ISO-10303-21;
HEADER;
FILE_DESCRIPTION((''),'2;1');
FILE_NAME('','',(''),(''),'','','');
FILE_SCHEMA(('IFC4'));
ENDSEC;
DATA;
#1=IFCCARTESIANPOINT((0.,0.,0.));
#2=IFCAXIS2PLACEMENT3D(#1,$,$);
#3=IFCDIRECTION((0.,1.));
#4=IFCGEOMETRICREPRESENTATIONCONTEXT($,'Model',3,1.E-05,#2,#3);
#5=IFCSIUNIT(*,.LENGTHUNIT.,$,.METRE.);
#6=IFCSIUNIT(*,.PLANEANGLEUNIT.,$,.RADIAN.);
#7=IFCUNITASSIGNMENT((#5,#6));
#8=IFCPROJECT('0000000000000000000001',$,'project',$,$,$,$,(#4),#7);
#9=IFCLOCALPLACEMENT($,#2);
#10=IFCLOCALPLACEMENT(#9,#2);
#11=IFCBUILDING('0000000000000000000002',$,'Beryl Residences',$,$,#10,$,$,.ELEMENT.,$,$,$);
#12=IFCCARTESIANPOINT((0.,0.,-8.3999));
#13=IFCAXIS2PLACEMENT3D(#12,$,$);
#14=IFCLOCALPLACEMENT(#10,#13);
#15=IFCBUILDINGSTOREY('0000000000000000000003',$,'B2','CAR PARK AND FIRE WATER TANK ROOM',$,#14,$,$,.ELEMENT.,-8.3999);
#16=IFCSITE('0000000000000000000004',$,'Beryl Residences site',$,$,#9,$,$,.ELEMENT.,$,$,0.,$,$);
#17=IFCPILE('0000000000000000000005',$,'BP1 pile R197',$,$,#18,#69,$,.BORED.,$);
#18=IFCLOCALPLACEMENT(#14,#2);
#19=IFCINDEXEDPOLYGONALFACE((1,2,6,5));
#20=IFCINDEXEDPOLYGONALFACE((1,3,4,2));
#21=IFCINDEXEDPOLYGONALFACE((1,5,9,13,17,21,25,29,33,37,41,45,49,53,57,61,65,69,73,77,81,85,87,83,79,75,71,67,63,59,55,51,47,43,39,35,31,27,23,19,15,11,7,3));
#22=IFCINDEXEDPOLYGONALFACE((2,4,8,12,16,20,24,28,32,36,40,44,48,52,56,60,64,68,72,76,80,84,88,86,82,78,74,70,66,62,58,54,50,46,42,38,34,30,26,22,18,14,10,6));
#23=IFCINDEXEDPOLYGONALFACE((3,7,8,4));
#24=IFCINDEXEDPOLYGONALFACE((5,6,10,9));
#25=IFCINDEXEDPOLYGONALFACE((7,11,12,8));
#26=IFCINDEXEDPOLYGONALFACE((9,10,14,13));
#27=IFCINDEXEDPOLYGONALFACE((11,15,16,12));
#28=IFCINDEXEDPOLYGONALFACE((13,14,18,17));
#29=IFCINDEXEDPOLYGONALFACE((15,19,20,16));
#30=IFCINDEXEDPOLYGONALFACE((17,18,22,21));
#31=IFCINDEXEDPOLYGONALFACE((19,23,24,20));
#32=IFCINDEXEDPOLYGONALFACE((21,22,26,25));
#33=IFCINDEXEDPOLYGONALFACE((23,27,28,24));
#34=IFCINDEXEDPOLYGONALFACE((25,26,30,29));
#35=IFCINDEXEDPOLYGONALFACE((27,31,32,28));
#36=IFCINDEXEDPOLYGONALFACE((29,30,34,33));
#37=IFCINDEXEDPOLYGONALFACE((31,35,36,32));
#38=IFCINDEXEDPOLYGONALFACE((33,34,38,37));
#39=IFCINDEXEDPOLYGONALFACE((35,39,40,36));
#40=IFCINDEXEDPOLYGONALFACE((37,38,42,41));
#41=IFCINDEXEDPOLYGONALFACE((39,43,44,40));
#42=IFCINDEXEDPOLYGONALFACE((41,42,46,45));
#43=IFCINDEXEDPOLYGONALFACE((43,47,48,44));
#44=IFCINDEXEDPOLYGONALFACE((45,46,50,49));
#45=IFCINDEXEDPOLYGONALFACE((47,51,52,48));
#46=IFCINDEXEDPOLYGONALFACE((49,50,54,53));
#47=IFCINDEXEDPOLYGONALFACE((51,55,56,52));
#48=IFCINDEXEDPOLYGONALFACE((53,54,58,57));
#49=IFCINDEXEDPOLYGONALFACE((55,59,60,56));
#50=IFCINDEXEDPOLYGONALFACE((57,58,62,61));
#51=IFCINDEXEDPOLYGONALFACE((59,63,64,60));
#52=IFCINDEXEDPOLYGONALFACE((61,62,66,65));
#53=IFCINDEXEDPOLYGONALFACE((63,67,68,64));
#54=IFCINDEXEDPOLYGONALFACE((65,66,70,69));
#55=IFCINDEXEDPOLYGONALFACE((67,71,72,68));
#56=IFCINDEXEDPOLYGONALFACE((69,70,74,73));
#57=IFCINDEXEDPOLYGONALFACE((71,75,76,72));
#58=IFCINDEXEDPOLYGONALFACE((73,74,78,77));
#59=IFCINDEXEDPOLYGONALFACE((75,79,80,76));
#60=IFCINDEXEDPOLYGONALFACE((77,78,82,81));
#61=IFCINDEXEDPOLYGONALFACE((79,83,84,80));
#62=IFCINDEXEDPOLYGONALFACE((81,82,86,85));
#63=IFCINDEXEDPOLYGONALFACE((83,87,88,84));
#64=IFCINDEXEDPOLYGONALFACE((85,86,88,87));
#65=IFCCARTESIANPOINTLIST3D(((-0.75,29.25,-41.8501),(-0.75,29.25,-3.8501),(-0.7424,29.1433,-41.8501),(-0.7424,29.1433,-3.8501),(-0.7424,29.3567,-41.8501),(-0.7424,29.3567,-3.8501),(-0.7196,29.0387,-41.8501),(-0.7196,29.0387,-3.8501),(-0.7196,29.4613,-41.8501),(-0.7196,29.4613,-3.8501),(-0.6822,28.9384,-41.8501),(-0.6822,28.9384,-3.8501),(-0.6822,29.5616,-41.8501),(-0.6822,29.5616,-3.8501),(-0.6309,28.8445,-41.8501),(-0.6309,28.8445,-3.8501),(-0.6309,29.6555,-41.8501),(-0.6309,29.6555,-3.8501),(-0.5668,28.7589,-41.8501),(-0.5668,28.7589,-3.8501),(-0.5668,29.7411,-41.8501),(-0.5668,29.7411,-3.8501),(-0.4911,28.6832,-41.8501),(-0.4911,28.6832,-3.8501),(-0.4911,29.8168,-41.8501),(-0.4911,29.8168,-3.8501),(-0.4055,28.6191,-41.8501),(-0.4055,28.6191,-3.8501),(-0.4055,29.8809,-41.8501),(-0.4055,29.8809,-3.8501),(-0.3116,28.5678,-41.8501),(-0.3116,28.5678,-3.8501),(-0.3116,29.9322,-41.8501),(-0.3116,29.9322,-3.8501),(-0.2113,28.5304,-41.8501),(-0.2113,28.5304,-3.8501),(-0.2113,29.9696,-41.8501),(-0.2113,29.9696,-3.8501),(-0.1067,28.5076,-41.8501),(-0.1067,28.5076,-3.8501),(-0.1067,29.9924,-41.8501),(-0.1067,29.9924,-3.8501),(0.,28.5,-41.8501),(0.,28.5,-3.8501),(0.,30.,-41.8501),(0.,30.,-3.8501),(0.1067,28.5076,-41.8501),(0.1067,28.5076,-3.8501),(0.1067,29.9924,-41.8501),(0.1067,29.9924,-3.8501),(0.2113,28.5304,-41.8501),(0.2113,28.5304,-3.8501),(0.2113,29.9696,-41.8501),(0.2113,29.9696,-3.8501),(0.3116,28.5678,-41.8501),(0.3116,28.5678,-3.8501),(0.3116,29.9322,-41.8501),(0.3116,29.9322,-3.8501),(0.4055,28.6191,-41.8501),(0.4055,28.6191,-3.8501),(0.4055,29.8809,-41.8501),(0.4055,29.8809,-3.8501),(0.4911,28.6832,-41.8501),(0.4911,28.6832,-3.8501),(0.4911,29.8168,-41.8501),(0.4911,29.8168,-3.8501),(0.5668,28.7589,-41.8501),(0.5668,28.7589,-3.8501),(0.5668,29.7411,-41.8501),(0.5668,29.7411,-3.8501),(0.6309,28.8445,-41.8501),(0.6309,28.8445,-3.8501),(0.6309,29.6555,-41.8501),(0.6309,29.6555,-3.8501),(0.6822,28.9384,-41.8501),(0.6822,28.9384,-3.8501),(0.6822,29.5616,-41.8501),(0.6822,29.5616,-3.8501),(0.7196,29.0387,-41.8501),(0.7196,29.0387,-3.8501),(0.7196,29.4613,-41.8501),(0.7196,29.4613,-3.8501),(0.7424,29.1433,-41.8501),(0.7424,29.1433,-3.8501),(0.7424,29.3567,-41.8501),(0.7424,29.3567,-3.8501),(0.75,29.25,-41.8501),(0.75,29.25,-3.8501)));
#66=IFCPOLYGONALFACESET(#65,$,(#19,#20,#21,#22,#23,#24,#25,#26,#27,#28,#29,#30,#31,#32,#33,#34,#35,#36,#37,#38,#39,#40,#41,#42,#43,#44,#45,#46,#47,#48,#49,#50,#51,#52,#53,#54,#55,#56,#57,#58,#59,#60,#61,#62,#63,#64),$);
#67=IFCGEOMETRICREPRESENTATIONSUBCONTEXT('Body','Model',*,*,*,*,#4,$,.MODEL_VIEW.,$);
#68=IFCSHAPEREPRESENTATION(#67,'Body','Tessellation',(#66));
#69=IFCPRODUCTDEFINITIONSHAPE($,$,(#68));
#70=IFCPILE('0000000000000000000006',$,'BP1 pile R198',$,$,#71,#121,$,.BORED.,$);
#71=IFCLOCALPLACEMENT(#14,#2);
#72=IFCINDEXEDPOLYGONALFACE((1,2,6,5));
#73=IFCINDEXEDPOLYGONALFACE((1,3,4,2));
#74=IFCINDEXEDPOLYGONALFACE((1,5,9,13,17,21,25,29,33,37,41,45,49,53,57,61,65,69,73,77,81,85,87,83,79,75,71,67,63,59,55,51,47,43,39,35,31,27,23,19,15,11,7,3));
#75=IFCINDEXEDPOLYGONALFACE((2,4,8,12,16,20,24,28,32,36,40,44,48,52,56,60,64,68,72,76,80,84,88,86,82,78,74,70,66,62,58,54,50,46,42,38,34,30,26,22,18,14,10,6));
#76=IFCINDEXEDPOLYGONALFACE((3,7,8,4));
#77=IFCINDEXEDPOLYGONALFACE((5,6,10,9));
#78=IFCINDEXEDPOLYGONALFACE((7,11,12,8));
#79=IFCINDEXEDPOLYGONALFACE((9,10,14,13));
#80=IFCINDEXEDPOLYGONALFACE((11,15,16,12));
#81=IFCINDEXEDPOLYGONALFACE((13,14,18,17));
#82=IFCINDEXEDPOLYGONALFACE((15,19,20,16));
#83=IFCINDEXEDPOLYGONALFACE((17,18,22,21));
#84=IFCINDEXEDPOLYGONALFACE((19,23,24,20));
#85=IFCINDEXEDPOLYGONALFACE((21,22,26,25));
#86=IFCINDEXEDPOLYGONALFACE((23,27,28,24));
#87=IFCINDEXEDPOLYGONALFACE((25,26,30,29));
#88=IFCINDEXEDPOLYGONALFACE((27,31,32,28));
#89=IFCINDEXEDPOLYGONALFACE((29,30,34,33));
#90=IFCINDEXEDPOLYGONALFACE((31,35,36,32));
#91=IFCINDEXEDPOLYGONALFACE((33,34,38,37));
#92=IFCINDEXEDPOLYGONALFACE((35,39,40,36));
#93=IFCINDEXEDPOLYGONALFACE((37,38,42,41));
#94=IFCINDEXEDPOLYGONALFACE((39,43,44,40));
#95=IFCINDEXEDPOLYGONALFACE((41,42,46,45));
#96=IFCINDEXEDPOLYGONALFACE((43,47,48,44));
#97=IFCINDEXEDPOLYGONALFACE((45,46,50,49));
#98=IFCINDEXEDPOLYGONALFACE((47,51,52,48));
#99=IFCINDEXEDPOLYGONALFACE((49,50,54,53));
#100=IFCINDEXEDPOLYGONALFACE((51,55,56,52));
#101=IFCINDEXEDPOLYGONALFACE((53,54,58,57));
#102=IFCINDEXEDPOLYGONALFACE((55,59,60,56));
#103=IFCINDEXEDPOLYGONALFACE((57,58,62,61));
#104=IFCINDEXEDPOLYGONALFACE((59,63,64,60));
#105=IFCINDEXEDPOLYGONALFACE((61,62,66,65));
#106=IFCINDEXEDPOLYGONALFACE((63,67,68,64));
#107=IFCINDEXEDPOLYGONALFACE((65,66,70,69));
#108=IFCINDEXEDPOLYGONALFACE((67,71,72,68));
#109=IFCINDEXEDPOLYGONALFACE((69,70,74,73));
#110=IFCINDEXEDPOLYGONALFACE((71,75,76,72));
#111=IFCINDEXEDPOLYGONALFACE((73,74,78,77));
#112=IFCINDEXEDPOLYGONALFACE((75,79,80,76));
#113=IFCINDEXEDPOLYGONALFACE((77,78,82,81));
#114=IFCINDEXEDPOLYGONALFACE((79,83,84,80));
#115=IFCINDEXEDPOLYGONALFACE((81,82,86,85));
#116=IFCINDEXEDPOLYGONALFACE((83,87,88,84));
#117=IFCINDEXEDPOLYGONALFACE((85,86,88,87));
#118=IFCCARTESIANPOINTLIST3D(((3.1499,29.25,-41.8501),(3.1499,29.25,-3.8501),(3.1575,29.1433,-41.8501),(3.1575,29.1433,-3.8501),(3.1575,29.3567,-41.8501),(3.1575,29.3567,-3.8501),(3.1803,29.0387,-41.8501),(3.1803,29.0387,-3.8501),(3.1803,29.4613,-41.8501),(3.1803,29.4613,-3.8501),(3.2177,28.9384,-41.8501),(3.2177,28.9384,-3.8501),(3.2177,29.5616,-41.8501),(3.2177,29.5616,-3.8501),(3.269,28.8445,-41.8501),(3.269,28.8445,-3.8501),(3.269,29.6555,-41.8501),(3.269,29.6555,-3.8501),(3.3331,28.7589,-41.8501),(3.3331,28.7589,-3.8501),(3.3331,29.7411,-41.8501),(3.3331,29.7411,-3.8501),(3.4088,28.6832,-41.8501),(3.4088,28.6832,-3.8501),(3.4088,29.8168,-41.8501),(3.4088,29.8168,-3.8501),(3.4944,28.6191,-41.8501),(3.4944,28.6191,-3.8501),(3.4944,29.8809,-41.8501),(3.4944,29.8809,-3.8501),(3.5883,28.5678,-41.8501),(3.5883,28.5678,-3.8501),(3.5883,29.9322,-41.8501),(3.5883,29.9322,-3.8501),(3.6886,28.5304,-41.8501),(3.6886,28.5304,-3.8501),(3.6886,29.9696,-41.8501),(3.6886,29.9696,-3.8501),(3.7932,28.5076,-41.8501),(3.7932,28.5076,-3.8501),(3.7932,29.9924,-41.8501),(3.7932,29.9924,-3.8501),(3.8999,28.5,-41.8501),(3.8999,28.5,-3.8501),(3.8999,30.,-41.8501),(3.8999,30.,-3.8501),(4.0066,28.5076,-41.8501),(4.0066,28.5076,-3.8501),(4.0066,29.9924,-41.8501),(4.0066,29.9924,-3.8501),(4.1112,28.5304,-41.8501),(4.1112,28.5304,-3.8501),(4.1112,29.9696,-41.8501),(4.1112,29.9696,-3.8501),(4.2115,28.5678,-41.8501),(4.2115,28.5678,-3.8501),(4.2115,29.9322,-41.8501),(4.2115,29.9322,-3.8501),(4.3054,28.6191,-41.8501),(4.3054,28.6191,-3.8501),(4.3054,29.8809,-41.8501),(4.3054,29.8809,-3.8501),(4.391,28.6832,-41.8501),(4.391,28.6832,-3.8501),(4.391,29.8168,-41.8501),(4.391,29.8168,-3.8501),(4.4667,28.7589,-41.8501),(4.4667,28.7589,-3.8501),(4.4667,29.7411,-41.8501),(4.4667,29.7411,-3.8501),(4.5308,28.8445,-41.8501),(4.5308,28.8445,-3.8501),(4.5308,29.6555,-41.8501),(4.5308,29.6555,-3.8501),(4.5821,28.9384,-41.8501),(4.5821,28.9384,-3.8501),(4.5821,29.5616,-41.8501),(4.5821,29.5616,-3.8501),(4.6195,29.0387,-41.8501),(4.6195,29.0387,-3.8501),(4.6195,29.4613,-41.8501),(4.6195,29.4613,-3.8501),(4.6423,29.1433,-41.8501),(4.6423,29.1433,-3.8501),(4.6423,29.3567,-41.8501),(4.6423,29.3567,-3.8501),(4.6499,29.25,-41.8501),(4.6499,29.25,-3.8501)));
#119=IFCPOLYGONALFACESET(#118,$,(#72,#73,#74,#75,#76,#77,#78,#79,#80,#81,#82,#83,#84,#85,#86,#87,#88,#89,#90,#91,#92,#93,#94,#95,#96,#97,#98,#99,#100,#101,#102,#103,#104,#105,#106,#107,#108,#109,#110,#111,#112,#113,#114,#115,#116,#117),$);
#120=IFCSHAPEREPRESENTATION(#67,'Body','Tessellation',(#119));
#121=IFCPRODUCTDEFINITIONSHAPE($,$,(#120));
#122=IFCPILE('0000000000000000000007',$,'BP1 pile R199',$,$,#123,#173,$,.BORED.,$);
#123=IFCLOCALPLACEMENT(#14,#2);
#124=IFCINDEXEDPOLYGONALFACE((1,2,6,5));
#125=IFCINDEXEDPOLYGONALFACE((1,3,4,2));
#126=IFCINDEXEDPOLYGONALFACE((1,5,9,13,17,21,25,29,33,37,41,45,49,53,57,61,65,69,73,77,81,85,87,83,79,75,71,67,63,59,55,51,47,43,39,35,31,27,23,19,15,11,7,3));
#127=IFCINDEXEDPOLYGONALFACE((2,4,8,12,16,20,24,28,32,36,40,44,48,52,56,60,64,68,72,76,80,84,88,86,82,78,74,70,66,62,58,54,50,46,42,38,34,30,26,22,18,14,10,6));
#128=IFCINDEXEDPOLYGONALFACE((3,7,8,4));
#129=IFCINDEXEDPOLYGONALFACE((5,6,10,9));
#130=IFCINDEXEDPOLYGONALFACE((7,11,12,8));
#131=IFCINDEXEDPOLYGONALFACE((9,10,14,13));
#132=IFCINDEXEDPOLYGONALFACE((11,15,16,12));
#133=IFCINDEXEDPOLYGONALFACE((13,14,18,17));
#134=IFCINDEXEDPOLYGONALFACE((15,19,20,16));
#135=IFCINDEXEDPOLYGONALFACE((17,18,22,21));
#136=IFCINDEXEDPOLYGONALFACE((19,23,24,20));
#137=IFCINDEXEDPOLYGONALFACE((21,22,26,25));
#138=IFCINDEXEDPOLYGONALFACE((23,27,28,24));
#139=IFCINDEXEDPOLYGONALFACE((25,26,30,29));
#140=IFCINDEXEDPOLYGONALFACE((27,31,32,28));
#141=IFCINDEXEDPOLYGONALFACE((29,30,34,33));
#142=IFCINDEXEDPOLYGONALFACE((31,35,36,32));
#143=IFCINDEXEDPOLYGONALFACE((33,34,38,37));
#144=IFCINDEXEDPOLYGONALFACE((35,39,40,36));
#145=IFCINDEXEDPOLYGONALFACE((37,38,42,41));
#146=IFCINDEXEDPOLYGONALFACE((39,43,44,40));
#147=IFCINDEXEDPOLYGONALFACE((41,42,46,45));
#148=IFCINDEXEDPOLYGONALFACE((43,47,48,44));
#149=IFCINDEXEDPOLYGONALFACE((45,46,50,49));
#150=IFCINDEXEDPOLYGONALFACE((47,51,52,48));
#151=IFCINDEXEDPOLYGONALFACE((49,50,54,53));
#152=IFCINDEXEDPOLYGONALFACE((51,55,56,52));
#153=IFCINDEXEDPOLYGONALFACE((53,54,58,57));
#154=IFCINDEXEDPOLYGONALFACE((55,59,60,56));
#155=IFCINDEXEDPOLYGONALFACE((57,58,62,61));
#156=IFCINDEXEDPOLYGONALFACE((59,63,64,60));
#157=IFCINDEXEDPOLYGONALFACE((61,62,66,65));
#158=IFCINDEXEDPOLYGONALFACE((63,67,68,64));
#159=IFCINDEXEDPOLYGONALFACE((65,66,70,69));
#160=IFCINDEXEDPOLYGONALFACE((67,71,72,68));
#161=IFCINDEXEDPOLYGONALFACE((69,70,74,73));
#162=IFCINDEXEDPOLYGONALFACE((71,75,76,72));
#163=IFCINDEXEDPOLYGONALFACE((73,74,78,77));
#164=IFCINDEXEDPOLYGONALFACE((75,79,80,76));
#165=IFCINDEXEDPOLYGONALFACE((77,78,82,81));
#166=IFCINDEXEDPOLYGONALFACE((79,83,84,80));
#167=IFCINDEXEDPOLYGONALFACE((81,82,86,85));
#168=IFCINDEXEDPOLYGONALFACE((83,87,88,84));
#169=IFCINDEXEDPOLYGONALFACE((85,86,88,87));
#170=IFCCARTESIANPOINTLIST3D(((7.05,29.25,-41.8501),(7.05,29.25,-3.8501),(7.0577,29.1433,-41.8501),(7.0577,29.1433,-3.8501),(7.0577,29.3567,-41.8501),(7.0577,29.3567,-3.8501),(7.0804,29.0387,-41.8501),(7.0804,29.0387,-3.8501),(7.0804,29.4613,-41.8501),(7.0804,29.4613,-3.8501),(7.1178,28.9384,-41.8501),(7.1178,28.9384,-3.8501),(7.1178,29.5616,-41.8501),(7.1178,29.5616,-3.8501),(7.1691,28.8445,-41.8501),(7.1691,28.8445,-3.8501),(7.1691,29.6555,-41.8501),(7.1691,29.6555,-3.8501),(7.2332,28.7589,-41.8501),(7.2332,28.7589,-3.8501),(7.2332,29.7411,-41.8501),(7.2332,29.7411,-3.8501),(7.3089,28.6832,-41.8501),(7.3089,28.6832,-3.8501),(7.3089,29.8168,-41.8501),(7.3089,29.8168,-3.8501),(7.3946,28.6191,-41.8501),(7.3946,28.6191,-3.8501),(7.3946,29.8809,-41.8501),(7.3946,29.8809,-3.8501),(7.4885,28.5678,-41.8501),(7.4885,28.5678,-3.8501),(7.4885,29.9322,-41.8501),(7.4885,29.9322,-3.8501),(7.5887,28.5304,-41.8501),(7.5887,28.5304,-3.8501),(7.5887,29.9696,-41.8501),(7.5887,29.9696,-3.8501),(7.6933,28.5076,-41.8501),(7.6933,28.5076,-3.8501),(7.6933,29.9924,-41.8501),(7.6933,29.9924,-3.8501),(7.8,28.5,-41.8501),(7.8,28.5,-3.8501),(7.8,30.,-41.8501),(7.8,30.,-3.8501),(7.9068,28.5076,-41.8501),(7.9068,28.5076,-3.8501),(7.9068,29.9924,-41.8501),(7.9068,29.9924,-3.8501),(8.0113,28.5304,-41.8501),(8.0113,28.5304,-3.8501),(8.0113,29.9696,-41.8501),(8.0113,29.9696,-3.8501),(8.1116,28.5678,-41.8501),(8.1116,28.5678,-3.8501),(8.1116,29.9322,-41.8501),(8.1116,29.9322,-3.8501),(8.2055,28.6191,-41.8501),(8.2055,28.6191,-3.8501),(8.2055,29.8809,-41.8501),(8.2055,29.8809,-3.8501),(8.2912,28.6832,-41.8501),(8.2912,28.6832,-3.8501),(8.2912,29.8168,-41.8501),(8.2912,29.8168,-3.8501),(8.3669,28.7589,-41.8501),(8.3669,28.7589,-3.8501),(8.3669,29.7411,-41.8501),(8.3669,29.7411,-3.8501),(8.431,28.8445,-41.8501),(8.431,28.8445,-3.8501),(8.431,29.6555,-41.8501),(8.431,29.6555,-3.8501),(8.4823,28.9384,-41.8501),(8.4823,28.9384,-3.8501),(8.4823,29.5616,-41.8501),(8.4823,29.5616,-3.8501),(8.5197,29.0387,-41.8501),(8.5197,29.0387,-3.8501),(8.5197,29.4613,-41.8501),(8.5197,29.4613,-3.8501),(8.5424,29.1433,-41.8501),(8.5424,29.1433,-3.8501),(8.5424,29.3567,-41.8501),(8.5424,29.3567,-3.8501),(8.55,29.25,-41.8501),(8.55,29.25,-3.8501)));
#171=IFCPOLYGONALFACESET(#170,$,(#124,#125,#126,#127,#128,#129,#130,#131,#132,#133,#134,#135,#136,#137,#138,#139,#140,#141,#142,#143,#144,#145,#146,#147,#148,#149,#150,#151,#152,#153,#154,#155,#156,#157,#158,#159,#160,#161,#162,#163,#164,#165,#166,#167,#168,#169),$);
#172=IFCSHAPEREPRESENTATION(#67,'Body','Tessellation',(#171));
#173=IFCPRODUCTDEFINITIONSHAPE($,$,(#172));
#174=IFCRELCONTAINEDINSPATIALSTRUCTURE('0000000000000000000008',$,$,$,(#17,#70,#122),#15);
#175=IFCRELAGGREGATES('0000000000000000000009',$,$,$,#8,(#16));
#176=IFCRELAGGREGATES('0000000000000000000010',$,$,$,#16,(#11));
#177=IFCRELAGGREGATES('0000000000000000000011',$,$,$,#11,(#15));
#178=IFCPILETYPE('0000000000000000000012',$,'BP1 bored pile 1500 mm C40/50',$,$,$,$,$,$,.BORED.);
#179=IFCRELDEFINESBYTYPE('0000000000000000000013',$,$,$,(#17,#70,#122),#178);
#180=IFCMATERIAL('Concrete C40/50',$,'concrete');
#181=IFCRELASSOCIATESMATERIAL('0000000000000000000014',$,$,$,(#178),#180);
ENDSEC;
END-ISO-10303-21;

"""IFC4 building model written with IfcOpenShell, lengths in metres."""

from ifc_helpers import new_model, si_unit, direction, frame, origin, origin_2d, place, context, subcontext, project, spatial, circle, extrude, material, material_profile, profile_set, type_object, element, save


model = new_model("IFC4")

# Units and contexts
model_context = context("Model", 3, precision=1e-05, world=origin(), true_north=direction((0.0, 1.0)))
body_context = subcontext(model_context, "Body", "Model", "MODEL_VIEW")
ifc_project = project(units=[si_unit("LENGTHUNIT", "METRE"), si_unit("PLANEANGLEUNIT", "RADIAN")], contexts=[model_context])

# Site, building, storey
site_placement = place(None, origin())
site = spatial("IfcSite", under=ifc_project, at=site_placement, Name="Beryl Residences site", CompositionType="ELEMENT", RefElevation=0.0)
building_placement = place(site_placement, origin())
building = spatial("IfcBuilding", under=site, at=building_placement, Name="Beryl Residences", CompositionType="ELEMENT")
storey_placement = place(building_placement, frame((0.0, 0.0, -8.3999)))
storey = spatial("IfcBuildingStorey", under=building, at=storey_placement, Name="B2", Description="CAR PARK AND FIRE WATER TANK ROOM", CompositionType="ELEMENT", Elevation=-8.3999)

# Piles
ifc_material_1 = material(Name="Concrete C40/50", Category="concrete")
ifc_material_profile_1 = material_profile(ifc_material_1, circle(Radius=0.75, at=origin_2d()))
ifc_profile_set_1 = profile_set([ifc_material_profile_1], Name="Concrete C40/50")
pile_type_1 = type_object("IfcPileType", Name="BP1 bored pile 1500 mm C40/50", PredefinedType="BORED", material=ifc_profile_set_1)
for number, where, z_axis, x_axis, name in (
    (1, (0.0, 29.25, -3.8501), (0.0, 0.0, -1.0), (1.0, 0.0, 0.0), "BP1 pile R197"),
    (2, (3.8999, 29.25, -3.8501), (0.0, 0.0, -1.0), (1.0, 0.0, 0.0), "BP1 pile R198"),
    (3, (7.8, 29.25, -3.8501), (0.0, 0.0, -1.0), (1.0, 0.0, 0.0), "BP1 pile R199"),
):
    element("IfcPile", number, at=place(storey_placement, frame(where, z_axis=z_axis, x_axis=x_axis)), inside=storey, type_object=pile_type_1, Name=name, PredefinedType="BORED", context=body_context, shape_type="SweptSolid", body=[
        extrude(circle(Radius=0.75, at=origin_2d()), origin(), (0.0, 0.0, 1.0), 38.0),
    ])

save(model, "model.ifc")
